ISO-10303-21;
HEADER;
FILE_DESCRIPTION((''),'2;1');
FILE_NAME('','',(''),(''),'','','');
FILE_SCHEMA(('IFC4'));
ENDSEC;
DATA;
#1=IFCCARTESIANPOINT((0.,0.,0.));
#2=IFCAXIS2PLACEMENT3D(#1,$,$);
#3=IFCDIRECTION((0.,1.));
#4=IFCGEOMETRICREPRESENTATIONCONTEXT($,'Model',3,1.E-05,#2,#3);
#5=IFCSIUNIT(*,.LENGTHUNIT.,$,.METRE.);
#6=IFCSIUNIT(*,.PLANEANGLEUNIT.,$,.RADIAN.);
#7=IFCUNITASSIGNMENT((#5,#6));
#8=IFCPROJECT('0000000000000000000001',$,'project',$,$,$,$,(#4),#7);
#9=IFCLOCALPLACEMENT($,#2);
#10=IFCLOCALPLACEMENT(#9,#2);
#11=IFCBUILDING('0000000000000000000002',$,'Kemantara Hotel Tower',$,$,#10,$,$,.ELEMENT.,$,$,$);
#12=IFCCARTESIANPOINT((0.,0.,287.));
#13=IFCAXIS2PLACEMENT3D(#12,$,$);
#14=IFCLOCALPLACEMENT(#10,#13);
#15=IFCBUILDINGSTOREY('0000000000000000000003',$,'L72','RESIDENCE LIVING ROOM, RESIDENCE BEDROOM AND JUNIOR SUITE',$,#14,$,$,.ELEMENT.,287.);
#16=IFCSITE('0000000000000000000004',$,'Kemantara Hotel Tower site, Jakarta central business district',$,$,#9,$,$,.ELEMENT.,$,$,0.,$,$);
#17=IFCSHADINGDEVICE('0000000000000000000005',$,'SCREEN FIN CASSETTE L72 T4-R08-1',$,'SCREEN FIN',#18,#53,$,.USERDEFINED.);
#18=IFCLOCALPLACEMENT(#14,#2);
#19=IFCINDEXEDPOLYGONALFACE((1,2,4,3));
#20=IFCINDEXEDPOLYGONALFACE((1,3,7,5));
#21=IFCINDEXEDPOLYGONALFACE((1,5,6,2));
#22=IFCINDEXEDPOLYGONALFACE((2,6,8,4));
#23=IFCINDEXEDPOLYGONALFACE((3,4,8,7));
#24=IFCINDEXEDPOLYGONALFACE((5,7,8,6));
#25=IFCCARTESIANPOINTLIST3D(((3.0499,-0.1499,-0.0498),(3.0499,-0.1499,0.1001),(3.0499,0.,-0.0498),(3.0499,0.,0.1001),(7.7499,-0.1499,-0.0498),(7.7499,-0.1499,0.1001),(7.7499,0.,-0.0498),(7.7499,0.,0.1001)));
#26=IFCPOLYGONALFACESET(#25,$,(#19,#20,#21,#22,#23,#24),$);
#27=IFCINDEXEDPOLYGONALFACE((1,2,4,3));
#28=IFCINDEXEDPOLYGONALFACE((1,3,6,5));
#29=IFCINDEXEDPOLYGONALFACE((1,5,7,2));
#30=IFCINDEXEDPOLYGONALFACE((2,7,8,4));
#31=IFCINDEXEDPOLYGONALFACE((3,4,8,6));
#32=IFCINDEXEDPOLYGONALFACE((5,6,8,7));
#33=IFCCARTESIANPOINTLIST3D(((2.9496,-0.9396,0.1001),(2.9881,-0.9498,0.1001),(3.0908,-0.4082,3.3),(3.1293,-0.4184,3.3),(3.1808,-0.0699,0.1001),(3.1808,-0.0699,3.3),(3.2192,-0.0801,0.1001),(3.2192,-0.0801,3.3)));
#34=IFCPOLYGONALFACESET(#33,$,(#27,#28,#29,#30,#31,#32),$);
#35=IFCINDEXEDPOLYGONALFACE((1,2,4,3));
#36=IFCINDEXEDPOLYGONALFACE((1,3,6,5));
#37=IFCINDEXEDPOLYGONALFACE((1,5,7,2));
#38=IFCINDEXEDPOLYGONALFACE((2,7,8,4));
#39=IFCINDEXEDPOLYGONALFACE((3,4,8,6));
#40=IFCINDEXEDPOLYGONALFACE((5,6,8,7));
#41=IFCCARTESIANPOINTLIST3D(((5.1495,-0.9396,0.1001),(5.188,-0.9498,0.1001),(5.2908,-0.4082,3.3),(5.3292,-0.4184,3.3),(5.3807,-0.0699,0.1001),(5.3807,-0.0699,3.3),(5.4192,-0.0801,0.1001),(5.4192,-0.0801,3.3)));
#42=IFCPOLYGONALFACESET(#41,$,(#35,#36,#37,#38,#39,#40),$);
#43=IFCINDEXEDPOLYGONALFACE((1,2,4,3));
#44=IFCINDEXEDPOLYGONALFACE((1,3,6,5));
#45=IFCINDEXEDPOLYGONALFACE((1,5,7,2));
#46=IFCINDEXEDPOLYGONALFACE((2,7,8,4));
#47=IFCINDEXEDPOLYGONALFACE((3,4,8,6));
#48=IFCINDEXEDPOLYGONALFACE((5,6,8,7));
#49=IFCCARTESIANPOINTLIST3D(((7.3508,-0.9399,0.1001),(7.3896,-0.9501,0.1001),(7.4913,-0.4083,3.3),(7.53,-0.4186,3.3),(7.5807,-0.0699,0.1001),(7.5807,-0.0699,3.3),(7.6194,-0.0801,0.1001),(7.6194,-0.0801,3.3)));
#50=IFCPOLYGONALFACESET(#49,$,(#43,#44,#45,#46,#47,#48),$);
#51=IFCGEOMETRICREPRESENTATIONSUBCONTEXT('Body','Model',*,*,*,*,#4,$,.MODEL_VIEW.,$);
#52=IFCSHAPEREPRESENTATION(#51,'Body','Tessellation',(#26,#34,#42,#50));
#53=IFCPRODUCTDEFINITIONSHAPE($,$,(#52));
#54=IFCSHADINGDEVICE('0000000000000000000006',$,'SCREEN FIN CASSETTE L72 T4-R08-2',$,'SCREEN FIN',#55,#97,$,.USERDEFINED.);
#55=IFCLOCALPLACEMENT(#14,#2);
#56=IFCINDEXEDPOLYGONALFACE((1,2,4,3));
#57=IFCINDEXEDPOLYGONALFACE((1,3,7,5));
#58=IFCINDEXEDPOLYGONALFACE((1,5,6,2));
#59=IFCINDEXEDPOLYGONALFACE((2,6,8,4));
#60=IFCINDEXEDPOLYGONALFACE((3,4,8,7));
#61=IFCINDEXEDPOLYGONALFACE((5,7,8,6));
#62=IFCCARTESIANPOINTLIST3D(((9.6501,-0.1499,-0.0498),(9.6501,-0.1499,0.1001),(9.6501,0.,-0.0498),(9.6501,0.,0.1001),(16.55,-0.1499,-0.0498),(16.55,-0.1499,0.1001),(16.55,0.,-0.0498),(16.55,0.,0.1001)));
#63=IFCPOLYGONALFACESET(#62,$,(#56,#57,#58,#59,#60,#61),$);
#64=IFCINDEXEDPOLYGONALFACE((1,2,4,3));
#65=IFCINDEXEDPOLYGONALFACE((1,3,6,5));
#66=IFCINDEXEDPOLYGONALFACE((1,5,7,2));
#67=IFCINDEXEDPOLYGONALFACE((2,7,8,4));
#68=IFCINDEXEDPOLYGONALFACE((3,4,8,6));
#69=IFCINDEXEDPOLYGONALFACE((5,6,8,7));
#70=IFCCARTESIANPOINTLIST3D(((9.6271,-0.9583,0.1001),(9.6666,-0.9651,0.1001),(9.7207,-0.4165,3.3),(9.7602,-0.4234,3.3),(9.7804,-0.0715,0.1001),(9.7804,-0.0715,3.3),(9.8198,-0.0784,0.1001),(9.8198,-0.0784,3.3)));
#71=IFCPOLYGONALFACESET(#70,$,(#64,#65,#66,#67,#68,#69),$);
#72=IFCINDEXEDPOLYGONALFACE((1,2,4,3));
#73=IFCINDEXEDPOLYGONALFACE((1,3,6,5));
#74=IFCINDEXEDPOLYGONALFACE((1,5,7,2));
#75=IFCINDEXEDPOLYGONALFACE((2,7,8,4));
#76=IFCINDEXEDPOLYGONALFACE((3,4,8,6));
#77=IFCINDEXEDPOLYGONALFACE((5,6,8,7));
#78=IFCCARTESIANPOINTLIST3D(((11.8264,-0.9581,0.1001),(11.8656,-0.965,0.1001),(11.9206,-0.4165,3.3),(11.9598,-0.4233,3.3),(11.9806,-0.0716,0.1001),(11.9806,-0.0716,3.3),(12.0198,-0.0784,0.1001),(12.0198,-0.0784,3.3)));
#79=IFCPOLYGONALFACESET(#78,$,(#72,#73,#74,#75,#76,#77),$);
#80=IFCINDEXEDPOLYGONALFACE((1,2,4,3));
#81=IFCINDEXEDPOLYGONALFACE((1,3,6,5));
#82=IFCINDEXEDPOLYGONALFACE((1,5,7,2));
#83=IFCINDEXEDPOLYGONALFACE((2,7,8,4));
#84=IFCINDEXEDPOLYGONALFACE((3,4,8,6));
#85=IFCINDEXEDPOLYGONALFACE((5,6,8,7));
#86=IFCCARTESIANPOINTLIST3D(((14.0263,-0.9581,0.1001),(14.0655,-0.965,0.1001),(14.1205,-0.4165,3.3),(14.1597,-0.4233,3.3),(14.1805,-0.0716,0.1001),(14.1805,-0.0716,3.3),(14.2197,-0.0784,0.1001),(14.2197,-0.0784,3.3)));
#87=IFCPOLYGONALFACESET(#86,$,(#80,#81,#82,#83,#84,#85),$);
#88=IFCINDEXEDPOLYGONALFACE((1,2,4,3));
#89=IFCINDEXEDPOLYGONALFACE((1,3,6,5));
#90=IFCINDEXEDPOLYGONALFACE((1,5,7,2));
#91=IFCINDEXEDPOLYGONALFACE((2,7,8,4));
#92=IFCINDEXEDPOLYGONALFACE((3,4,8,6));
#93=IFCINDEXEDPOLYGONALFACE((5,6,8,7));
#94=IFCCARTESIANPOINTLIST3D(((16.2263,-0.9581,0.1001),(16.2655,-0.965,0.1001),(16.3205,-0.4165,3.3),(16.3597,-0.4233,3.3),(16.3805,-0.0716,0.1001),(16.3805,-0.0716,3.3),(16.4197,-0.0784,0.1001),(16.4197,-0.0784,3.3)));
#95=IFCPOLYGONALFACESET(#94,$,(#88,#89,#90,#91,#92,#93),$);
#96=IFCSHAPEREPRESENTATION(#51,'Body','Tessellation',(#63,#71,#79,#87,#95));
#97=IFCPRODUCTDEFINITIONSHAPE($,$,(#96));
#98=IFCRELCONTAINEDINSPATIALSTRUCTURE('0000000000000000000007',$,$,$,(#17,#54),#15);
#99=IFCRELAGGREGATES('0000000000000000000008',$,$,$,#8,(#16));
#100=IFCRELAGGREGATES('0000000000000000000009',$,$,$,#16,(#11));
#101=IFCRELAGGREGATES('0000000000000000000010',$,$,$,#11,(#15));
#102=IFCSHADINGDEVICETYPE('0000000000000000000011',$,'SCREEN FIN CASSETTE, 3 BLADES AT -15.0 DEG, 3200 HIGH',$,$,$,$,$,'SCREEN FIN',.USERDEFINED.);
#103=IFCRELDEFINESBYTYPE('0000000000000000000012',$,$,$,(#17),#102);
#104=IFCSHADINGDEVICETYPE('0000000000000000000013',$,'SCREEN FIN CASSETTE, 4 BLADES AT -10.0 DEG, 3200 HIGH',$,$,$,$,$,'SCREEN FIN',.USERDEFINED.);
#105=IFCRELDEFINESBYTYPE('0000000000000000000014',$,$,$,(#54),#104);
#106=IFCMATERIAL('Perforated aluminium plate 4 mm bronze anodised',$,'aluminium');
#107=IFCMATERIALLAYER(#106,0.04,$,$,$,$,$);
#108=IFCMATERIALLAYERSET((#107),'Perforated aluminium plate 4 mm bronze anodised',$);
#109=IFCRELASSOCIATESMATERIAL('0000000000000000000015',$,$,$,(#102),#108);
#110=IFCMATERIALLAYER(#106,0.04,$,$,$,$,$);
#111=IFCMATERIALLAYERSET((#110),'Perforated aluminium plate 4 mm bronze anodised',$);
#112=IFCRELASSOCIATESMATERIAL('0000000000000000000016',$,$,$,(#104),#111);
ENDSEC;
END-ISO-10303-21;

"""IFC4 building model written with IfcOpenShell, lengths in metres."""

from ifc_helpers import new_model, si_unit, direction, frame, origin, origin_2d, place, context, subcontext, project, spatial, polyline, rectangle, outline, extrude, source, transform, mapped, material, layer, layer_set, type_object, element, save


model = new_model("IFC4")

# Units and contexts
model_context = context("Model", 3, precision=1e-05, world=origin(), true_north=direction((0.0, 1.0)))
body_context = subcontext(model_context, "Body", "Model", "MODEL_VIEW")
ifc_project = project(units=[si_unit("LENGTHUNIT", "METRE"), si_unit("PLANEANGLEUNIT", "RADIAN")], contexts=[model_context])

# Site, building, storey
site_placement = place(None, origin())
site = spatial("IfcSite", under=ifc_project, at=site_placement, Name="Kemantara Hotel Tower site, Jakarta central business district", CompositionType="ELEMENT", RefElevation=0.0)
building_placement = place(site_placement, origin())
building = spatial("IfcBuilding", under=site, at=building_placement, Name="Kemantara Hotel Tower", CompositionType="ELEMENT")
storey_placement = place(building_placement, frame((0.0, 0.0, 287.0)))
storey = spatial("IfcBuildingStorey", under=building, at=storey_placement, Name="L72", Description="RESIDENCE LIVING ROOM, RESIDENCE BEDROOM AND JUNIOR SUITE", CompositionType="ELEMENT", Elevation=287.0)

# Shading devices
ifc_material_1 = material(Name="Perforated aluminium plate 4 mm bronze anodised", Category="aluminium")
ifc_layer_1 = layer(ifc_material_1, 0.04)
ifc_layer_set_1 = layer_set([ifc_layer_1], Name="Perforated aluminium plate 4 mm bronze anodised")
shading_device_type_1 = type_object("IfcShadingDeviceType", Name="SCREEN FIN CASSETTE, 3 BLADES AT -15.0 DEG, 3200 HIGH", ElementType="SCREEN FIN", PredefinedType="USERDEFINED", material=ifc_layer_set_1)
shared_shape_1 = source(origin(), body_context, "Body", "SweptSolid", [
    extrude(rectangle(XDim=4.7, YDim=0.1499, at=origin_2d()), frame((2.2, -0.075, -0.1499), z_axis=(0.0, 0.0, 1.0), x_axis=(1.0, 0.0, 0.0)), (0.0, 0.0, 1.0), 0.1499),
    extrude(outline(polyline([(0.0, 0.0), (0.8999, 0.0), (0.3501, 3.2), (0.0, 3.2), (0.0, 0.0)])), frame((0.0193, -0.0801, 0.0), z_axis=(-0.966438, 0.256901, 0.0), x_axis=(-0.256901, -0.966438, 0.0)), (0.0, 0.0, 1.0), 0.0398),
    extrude(outline(polyline([(0.0, 0.0), (0.8999, 0.0), (0.3501, 3.2), (0.0, 3.2), (0.0, 0.0)])), frame((2.2192, -0.0801, 0.0), z_axis=(-0.966438, 0.256901, 0.0), x_axis=(-0.256901, -0.966438, 0.0)), (0.0, 0.0, 1.0), 0.0398),
    extrude(outline(polyline([(0.0, 0.0), (0.8999, 0.0), (0.3501, 3.2), (0.0, 3.2), (0.0, 0.0)])), frame((4.4194, -0.0801, 0.0), z_axis=(-0.966838, 0.255391, 0.0), x_axis=(-0.255391, -0.966838, 0.0)), (0.0, 0.0, 1.0), 0.04),
])
shading_device_1_placement = place(storey_placement, frame((3.2, 0.0, 0.1001), z_axis=(0.0, 0.0, 1.0), x_axis=(1.0, 0.0, 0.0)))
element("IfcShadingDevice", 1, at=shading_device_1_placement, inside=storey, type_object=shading_device_type_1, Name="SCREEN FIN CASSETTE L72 T4-R08-1", ObjectType="SCREEN FIN", PredefinedType="USERDEFINED", context=body_context, shape_type="MappedRepresentation", body=[
    mapped(shared_shape_1, transform((0.0, 0.0, 0.0))),
])
ifc_layer_2 = layer(ifc_material_1, 0.04)
ifc_layer_set_2 = layer_set([ifc_layer_2], Name="Perforated aluminium plate 4 mm bronze anodised")
shading_device_type_2 = type_object("IfcShadingDeviceType", Name="SCREEN FIN CASSETTE, 4 BLADES AT -10.0 DEG, 3200 HIGH", ElementType="SCREEN FIN", PredefinedType="USERDEFINED", material=ifc_layer_set_2)
shared_shape_2 = source(origin(), body_context, "Body", "SweptSolid", [
    extrude(rectangle(XDim=6.8999, YDim=0.1499, at=origin_2d()), frame((3.3, -0.075, -0.1499), z_axis=(0.0, 0.0, 1.0), x_axis=(1.0, 0.0, 0.0)), (0.0, 0.0, 1.0), 0.1499),
    extrude(outline(polyline([(0.0, 0.0), (0.8999, 0.0), (0.3501, 3.2), (0.0, 3.2), (0.0, 0.0)])), frame((0.0198, -0.0784, 0.0), z_axis=(-0.98539, 0.170314, 0.0), x_axis=(-0.170314, -0.98539, 0.0)), (0.0, 0.0, 1.0), 0.04),
    extrude(outline(polyline([(0.0, 0.0), (0.8999, 0.0), (0.3501, 3.2), (0.0, 3.2), (0.0, 0.0)])), frame((2.2197, -0.0784, 0.0), z_axis=(-0.985212, 0.171341, 0.0), x_axis=(-0.171341, -0.985212, 0.0)), (0.0, 0.0, 1.0), 0.0398),
    extrude(outline(polyline([(0.0, 0.0), (0.8999, 0.0), (0.3501, 3.2), (0.0, 3.2), (0.0, 0.0)])), frame((4.4197, -0.0784, 0.0), z_axis=(-0.985212, 0.171341, 0.0), x_axis=(-0.171341, -0.985212, 0.0)), (0.0, 0.0, 1.0), 0.0398),
    extrude(outline(polyline([(0.0, 0.0), (0.8999, 0.0), (0.3501, 3.2), (0.0, 3.2), (0.0, 0.0)])), frame((6.6196, -0.0784, 0.0), z_axis=(-0.985212, 0.171341, 0.0), x_axis=(-0.171341, -0.985212, 0.0)), (0.0, 0.0, 1.0), 0.0398),
])
shading_device_2_placement = place(storey_placement, frame((9.8, 0.0, 0.1001), z_axis=(0.0, 0.0, 1.0), x_axis=(1.0, 0.0, 0.0)))
element("IfcShadingDevice", 2, at=shading_device_2_placement, inside=storey, type_object=shading_device_type_2, Name="SCREEN FIN CASSETTE L72 T4-R08-2", ObjectType="SCREEN FIN", PredefinedType="USERDEFINED", context=body_context, shape_type="MappedRepresentation", body=[
    mapped(shared_shape_2, transform((0.0, 0.0, 0.0))),
])

save(model, "model.ifc")
